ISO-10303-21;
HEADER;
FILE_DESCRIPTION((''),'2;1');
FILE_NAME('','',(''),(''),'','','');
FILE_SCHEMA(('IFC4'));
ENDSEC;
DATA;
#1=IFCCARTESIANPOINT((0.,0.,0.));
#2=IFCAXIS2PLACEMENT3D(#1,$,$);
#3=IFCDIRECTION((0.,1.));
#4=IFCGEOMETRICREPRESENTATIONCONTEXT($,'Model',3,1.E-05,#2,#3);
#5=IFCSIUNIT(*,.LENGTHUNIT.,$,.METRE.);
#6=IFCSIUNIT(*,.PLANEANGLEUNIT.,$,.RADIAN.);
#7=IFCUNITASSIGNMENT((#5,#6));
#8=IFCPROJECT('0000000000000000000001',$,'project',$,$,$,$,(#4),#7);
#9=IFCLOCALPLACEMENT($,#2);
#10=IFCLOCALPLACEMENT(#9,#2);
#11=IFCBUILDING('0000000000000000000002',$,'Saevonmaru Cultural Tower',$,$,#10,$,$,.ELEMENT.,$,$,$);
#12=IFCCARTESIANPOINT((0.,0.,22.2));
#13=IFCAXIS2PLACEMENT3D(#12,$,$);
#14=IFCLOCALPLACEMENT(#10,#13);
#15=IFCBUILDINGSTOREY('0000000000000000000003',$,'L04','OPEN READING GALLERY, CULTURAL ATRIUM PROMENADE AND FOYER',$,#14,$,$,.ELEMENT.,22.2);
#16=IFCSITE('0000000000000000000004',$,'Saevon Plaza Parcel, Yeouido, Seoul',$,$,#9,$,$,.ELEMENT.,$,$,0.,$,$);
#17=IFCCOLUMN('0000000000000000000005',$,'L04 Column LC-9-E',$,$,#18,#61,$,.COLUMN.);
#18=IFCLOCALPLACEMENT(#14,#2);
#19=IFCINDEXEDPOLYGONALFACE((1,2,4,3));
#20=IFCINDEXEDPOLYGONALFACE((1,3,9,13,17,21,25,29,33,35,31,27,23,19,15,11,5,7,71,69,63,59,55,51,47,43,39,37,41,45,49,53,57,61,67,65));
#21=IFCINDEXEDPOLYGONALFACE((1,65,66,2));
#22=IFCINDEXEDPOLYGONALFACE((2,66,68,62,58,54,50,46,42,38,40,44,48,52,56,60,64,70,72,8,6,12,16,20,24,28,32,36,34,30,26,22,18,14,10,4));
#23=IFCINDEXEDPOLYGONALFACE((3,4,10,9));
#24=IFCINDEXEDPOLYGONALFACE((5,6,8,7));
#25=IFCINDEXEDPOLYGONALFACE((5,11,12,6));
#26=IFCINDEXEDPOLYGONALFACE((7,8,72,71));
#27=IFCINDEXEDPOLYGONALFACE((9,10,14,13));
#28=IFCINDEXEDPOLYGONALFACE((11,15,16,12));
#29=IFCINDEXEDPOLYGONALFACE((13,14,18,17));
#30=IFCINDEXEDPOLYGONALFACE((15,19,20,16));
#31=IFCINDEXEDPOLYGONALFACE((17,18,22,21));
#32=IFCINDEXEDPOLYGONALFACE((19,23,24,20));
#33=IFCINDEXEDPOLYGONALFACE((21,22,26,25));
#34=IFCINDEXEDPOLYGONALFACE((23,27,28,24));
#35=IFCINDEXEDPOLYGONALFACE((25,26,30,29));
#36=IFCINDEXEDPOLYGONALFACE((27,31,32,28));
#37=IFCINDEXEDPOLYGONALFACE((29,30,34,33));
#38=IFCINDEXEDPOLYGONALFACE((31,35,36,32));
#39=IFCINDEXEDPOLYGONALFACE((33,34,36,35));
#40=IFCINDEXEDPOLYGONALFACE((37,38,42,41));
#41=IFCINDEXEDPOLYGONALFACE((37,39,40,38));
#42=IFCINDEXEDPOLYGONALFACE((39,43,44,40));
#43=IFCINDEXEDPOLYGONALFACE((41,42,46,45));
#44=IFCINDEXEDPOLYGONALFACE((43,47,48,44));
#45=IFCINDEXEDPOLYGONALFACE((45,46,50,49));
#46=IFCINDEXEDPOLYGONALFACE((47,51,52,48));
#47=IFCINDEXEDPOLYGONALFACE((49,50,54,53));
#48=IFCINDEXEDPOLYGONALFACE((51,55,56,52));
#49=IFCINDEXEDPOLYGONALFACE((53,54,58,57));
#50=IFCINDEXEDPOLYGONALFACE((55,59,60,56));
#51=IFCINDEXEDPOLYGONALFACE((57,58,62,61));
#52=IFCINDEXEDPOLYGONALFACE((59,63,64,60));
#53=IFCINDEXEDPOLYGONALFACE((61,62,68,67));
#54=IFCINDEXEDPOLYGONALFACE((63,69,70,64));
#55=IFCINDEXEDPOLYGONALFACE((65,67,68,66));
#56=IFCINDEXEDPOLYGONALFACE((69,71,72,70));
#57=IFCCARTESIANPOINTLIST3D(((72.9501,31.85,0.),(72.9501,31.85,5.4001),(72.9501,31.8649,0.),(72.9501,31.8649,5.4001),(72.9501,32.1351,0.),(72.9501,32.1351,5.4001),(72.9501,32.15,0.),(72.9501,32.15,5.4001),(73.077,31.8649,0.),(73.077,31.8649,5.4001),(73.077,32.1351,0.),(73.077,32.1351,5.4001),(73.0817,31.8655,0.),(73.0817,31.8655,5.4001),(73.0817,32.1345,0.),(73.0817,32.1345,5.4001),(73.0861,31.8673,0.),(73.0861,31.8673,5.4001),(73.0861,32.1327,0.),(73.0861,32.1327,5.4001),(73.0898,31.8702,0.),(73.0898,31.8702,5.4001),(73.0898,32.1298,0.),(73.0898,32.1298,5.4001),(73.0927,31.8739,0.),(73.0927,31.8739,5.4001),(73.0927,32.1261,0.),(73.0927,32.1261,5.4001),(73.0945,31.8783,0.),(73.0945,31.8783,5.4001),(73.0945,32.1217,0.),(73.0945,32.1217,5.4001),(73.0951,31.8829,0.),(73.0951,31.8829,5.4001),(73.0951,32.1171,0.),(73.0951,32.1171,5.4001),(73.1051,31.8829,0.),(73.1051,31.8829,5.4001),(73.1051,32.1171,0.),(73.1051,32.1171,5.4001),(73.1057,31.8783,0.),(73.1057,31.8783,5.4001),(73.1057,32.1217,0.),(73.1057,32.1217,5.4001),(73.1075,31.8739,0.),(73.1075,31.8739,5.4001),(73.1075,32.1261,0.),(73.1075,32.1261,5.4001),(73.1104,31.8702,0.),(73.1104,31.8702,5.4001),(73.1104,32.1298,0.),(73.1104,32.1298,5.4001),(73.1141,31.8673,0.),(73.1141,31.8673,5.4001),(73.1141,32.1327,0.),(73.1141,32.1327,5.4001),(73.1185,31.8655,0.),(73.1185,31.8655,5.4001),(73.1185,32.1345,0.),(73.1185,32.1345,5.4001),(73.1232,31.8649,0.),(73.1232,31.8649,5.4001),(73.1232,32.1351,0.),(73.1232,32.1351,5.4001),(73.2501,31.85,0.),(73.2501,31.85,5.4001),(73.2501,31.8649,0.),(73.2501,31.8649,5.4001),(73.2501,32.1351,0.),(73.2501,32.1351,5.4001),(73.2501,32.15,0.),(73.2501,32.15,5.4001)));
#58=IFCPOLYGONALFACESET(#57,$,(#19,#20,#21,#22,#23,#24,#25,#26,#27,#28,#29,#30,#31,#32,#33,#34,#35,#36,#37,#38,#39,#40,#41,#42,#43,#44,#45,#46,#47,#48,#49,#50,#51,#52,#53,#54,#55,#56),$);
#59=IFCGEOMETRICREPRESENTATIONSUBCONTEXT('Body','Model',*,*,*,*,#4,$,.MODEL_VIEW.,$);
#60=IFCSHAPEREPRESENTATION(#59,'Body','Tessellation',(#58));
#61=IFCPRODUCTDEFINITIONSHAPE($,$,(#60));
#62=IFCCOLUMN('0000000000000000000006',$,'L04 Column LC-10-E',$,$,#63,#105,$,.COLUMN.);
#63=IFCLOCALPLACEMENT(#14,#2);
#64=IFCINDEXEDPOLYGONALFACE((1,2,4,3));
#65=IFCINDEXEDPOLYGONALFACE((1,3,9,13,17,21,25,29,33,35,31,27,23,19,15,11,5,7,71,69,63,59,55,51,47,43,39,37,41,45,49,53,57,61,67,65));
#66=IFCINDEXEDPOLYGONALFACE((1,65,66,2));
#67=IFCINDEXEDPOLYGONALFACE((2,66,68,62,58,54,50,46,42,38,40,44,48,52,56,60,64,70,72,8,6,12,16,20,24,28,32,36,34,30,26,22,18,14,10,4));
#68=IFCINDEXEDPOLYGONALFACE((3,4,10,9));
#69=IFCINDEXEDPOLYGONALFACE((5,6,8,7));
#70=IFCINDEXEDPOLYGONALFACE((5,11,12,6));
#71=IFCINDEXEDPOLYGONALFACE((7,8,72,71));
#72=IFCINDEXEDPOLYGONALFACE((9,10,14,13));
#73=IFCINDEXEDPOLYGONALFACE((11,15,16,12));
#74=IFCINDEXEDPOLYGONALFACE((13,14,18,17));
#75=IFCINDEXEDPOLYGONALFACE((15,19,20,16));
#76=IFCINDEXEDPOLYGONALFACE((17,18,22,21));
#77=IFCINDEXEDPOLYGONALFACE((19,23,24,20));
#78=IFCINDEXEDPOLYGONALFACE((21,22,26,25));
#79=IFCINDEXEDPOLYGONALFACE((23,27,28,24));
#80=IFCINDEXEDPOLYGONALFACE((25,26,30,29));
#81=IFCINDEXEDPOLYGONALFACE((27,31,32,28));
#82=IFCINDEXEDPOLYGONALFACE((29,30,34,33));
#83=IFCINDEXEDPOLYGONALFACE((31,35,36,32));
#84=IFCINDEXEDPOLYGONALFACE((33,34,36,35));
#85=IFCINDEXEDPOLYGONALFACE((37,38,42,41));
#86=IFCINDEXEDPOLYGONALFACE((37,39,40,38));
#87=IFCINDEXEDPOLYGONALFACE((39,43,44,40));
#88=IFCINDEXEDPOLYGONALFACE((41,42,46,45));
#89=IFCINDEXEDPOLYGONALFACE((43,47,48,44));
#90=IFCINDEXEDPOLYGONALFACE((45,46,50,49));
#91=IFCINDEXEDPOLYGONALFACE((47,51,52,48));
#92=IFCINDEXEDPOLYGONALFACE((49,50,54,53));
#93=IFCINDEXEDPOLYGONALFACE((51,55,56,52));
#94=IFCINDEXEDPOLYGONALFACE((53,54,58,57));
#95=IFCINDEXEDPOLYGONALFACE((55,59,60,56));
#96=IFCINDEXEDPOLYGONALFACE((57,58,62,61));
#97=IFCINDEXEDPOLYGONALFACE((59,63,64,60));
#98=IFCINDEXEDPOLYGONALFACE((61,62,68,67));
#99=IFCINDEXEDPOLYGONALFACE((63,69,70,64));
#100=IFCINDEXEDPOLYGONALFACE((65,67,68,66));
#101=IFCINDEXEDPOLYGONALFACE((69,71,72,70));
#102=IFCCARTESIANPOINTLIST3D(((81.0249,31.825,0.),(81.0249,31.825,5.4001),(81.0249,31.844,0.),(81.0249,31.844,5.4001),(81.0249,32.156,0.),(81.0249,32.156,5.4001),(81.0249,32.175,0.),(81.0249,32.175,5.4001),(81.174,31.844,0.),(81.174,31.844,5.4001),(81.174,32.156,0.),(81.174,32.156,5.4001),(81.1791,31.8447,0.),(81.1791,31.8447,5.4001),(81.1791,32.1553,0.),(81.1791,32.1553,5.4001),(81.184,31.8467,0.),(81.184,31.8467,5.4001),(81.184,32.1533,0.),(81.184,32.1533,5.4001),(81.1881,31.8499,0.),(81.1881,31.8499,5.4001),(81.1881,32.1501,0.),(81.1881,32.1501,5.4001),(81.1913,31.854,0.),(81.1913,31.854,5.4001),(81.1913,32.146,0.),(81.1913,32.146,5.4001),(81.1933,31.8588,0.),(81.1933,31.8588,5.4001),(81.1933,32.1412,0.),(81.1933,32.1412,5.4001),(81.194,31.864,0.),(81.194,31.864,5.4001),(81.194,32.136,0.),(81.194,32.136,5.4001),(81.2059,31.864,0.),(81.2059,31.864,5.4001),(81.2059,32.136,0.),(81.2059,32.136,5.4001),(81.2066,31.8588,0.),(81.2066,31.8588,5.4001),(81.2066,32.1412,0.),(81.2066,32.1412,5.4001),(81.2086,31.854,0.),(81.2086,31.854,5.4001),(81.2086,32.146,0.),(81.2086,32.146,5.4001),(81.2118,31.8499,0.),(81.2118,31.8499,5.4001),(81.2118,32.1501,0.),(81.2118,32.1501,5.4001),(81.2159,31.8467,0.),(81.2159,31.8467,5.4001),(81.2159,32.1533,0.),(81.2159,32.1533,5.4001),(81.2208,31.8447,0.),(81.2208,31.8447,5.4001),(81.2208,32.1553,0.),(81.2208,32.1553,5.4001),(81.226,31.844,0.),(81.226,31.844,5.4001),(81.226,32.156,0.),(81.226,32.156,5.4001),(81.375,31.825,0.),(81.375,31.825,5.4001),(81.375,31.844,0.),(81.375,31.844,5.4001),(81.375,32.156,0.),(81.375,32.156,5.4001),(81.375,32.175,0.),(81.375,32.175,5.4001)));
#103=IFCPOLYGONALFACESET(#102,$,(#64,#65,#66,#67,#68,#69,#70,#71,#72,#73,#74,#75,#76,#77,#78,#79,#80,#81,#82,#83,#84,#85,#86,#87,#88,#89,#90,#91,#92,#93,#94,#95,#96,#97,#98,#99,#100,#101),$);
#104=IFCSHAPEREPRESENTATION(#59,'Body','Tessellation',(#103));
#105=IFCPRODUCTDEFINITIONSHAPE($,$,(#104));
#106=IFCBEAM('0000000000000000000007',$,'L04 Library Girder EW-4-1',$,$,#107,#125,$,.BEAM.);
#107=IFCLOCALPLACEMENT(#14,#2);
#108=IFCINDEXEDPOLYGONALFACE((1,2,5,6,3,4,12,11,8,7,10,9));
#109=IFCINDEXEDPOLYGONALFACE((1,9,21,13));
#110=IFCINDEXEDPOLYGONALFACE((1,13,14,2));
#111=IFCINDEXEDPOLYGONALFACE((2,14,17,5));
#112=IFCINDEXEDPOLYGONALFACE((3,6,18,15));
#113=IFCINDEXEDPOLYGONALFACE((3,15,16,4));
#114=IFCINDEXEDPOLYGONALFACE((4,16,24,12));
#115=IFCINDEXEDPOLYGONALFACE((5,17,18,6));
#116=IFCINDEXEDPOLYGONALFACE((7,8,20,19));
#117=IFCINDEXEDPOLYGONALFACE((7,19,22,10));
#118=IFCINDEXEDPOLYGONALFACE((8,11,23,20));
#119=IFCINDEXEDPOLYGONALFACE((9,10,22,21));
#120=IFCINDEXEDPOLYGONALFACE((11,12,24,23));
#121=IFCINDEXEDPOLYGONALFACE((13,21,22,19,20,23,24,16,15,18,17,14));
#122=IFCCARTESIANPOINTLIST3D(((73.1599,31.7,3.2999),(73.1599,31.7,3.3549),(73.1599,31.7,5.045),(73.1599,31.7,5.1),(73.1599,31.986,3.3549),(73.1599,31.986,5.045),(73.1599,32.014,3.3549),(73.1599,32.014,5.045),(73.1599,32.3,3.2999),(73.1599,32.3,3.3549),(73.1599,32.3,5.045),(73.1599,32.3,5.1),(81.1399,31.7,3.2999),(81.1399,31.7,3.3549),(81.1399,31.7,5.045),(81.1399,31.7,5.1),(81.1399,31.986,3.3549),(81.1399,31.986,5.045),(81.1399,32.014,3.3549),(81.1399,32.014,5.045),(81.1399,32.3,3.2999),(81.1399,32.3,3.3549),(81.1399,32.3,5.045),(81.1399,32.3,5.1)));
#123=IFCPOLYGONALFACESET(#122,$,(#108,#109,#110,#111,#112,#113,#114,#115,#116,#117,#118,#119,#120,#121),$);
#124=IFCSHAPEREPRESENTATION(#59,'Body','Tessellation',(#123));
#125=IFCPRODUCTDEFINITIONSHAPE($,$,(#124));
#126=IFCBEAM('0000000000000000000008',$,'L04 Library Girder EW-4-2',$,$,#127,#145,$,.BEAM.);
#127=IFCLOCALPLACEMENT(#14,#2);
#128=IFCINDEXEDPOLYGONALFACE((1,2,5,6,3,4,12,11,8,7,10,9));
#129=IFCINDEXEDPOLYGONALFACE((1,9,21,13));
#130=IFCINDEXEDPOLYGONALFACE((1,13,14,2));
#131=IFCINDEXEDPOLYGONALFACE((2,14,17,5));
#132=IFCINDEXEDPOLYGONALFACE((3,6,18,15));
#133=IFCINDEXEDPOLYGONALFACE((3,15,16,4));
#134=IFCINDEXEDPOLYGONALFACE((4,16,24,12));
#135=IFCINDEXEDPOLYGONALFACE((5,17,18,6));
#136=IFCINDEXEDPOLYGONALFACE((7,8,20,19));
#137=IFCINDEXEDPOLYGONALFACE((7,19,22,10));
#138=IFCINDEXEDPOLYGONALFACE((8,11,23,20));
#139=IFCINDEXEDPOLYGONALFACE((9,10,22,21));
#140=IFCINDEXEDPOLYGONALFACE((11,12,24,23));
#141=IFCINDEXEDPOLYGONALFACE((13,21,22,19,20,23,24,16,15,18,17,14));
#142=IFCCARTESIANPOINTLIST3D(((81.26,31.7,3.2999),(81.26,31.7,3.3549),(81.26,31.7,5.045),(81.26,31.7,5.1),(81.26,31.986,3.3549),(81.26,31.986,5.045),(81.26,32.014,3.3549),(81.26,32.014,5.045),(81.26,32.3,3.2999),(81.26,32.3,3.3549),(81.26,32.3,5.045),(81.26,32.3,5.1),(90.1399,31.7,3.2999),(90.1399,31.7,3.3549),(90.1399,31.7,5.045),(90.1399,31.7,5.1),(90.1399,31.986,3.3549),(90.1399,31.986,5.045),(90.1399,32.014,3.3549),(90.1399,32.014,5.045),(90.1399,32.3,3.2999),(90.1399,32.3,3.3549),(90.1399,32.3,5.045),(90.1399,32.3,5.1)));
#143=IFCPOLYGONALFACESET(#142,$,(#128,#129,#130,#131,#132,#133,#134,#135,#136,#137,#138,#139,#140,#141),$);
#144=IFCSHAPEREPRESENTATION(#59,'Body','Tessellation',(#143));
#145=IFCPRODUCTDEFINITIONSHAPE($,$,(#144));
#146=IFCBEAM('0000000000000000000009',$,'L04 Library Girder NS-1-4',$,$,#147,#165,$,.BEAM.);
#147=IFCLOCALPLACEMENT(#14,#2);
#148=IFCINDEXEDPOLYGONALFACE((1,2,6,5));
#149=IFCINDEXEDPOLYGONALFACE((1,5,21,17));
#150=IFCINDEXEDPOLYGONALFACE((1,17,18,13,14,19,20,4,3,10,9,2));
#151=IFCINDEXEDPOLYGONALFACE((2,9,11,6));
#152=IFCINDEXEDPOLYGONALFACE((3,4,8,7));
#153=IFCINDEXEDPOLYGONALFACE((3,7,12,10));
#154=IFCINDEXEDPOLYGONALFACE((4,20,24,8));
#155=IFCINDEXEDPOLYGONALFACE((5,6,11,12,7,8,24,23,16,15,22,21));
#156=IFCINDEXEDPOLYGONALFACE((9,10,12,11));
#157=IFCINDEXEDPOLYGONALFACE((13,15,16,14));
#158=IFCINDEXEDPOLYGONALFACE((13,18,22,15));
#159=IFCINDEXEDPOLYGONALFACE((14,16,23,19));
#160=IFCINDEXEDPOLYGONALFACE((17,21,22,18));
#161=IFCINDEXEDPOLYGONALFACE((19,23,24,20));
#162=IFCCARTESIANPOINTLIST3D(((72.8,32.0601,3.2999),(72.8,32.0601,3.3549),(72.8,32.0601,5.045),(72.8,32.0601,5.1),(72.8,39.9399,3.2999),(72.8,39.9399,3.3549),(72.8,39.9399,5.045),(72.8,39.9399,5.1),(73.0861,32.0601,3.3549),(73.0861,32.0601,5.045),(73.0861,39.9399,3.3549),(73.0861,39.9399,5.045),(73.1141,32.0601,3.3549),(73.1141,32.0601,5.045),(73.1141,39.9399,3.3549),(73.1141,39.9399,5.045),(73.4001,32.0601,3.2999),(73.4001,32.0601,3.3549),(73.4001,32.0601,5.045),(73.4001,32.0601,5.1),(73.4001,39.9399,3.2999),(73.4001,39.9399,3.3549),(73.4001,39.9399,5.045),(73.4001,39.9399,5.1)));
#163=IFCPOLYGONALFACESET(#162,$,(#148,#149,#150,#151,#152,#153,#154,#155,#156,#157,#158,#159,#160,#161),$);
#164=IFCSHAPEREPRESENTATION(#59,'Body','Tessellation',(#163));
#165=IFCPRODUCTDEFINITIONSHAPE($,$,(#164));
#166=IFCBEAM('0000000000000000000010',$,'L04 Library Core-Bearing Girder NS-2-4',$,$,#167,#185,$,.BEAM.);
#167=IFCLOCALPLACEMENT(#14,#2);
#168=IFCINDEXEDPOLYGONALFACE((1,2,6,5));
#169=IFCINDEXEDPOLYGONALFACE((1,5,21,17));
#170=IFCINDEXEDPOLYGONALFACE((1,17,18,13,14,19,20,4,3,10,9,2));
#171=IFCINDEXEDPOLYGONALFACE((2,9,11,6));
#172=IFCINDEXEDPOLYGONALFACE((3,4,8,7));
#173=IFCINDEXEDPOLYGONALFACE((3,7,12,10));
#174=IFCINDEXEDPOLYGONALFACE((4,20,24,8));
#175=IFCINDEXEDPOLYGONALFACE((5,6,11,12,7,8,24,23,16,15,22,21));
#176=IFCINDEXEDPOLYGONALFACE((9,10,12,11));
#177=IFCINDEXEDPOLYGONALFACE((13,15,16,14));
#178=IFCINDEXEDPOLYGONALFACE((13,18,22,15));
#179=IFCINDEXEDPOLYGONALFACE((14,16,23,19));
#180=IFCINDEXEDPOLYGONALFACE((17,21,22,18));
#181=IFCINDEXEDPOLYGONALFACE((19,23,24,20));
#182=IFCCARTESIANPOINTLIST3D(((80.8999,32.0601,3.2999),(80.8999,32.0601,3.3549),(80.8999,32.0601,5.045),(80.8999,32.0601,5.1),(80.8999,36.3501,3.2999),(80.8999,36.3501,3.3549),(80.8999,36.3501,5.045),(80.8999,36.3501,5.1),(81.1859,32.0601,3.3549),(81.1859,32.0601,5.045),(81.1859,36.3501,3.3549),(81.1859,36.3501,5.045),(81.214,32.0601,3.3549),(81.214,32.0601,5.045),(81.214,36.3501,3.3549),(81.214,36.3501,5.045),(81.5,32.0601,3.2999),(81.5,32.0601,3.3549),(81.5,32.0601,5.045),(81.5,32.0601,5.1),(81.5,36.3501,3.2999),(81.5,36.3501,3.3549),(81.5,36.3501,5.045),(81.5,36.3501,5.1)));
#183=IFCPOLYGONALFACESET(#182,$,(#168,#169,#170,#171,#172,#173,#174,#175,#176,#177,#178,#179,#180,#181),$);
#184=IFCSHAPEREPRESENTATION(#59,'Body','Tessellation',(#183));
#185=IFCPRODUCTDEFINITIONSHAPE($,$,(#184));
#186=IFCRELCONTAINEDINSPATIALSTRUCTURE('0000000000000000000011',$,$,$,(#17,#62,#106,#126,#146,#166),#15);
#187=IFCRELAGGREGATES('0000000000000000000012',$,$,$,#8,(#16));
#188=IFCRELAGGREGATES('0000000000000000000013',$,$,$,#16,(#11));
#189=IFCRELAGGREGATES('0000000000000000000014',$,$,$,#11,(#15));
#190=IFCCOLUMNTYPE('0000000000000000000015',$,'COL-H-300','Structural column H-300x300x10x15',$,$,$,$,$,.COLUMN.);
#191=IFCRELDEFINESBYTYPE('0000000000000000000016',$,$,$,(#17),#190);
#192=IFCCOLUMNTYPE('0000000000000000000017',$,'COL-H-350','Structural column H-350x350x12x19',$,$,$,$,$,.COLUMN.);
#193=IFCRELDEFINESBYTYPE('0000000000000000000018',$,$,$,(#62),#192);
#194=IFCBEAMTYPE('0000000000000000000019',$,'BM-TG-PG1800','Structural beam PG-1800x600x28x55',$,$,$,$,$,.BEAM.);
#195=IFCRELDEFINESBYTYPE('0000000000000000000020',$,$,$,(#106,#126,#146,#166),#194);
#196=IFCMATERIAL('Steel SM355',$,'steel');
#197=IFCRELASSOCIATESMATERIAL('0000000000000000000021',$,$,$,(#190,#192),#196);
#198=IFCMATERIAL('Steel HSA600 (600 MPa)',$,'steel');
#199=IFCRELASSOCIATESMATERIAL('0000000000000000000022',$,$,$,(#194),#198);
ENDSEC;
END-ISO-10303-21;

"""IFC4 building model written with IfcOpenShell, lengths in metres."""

from ifc_helpers import new_model, si_unit, direction, frame, origin, origin_2d, place, context, subcontext, project, spatial, i_section, extrude, material, material_profile, profile_set, type_object, element, save


model = new_model("IFC4")

# Units and contexts
model_context = context("Model", 3, precision=1e-05, world=origin(), true_north=direction((0.0, 1.0)))
body_context = subcontext(model_context, "Body", "Model", "MODEL_VIEW")
ifc_project = project(units=[si_unit("LENGTHUNIT", "METRE"), si_unit("PLANEANGLEUNIT", "RADIAN")], contexts=[model_context])

# Site, building, storey
site_placement = place(None, origin())
site = spatial("IfcSite", under=ifc_project, at=site_placement, Name="Saevon Plaza Parcel, Yeouido, Seoul", CompositionType="ELEMENT", RefElevation=0.0)
building_placement = place(site_placement, origin())
building = spatial("IfcBuilding", under=site, at=building_placement, Name="Saevonmaru Cultural Tower", CompositionType="ELEMENT")
storey_placement = place(building_placement, frame((0.0, 0.0, 22.2)))
storey = spatial("IfcBuildingStorey", under=building, at=storey_placement, Name="L04", Description="OPEN READING GALLERY, CULTURAL ATRIUM PROMENADE AND FOYER", CompositionType="ELEMENT", Elevation=22.2)

# Columns
ifc_material_1 = material(Name="Steel SM355", Category="steel")
ifc_material_profile_1 = material_profile(ifc_material_1, i_section(OverallWidth=0.3, OverallDepth=0.3, WebThickness=0.01, FlangeThickness=0.0149, FilletRadius=0.0181, at=origin_2d()), Name="H-300x300x10x15")
ifc_profile_set_1 = profile_set([ifc_material_profile_1], Name="Steel SM355")
column_type_1 = type_object("IfcColumnType", Name="COL-H-300", Description="Structural column H-300x300x10x15", PredefinedType="COLUMN", material=ifc_profile_set_1)
column_1_placement = place(storey_placement, frame((73.1001, 32.0, 0.0), z_axis=(0.0, 0.0, 1.0), x_axis=(1.0, 0.0, 0.0)))
element("IfcColumn", 1, at=column_1_placement, inside=storey, type_object=column_type_1, Name="L04 Column LC-9-E", PredefinedType="COLUMN", context=body_context, shape_type="SweptSolid", body=[
    extrude(i_section(OverallWidth=0.3, OverallDepth=0.3, WebThickness=0.01, FlangeThickness=0.0149, FilletRadius=0.0181, at=origin_2d()), origin(), (0.0, 0.0, 1.0), 5.4001),
])
ifc_material_profile_2 = material_profile(ifc_material_1, i_section(OverallWidth=0.3501, OverallDepth=0.3501, WebThickness=0.012, FlangeThickness=0.019, FilletRadius=0.02, at=origin_2d()), Name="H-350x350x12x19")
ifc_profile_set_2 = profile_set([ifc_material_profile_2], Name="Steel SM355")
column_type_2 = type_object("IfcColumnType", Name="COL-H-350", Description="Structural column H-350x350x12x19", PredefinedType="COLUMN", material=ifc_profile_set_2)
column_2_placement = place(storey_placement, frame((81.2, 32.0, 0.0), z_axis=(0.0, 0.0, 1.0), x_axis=(1.0, 0.0, 0.0)))
element("IfcColumn", 2, at=column_2_placement, inside=storey, type_object=column_type_2, Name="L04 Column LC-10-E", PredefinedType="COLUMN", context=body_context, shape_type="SweptSolid", body=[
    extrude(i_section(OverallWidth=0.3501, OverallDepth=0.3501, WebThickness=0.012, FlangeThickness=0.019, FilletRadius=0.02, at=origin_2d()), origin(), (0.0, 0.0, 1.0), 5.4001),
])

# Beams
ifc_material_2 = material(Name="Steel HSA600 (600 MPa)", Category="steel")
ifc_material_profile_3 = material_profile(ifc_material_2, i_section(OverallWidth=0.6001, OverallDepth=1.8, WebThickness=0.0281, FlangeThickness=0.0549, at=origin_2d()), Name="PG-1800x600x28x55")
ifc_profile_set_3 = profile_set([ifc_material_profile_3], Name="Steel HSA600 (600 MPa)")
beam_type = type_object("IfcBeamType", Name="BM-TG-PG1800", Description="Structural beam PG-1800x600x28x55", PredefinedType="BEAM", material=ifc_profile_set_3)
beam_1_placement = place(storey_placement, frame((73.1599, 32.0, 4.2), z_axis=(1.0, 0.0, 0.0), x_axis=(0.0, 1.0, 0.0)))
element("IfcBeam", 3, at=beam_1_placement, inside=storey, type_object=beam_type, Name="L04 Library Girder EW-4-1", PredefinedType="BEAM", context=body_context, shape_type="SweptSolid", body=[
    extrude(i_section(OverallWidth=0.6001, OverallDepth=1.8, WebThickness=0.0281, FlangeThickness=0.0549, at=origin_2d()), origin(), (0.0, 0.0, 1.0), 7.98),
])
beam_2_placement = place(storey_placement, frame((81.26, 32.0, 4.2), z_axis=(1.0, 0.0, 0.0), x_axis=(0.0, 1.0, 0.0)))
element("IfcBeam", 4, at=beam_2_placement, inside=storey, type_object=beam_type, Name="L04 Library Girder EW-4-2", PredefinedType="BEAM", context=body_context, shape_type="SweptSolid", body=[
    extrude(i_section(OverallWidth=0.6001, OverallDepth=1.8, WebThickness=0.0281, FlangeThickness=0.0549, at=origin_2d()), origin(), (0.0, 0.0, 1.0), 8.8799),
])
beam_3_placement = place(storey_placement, frame((73.1001, 32.0601, 4.2), z_axis=(0.0, 1.0, 0.0), x_axis=(-1.0, 0.0, 0.0)))
element("IfcBeam", 5, at=beam_3_placement, inside=storey, type_object=beam_type, Name="L04 Library Girder NS-1-4", PredefinedType="BEAM", context=body_context, shape_type="SweptSolid", body=[
    extrude(i_section(OverallWidth=0.6001, OverallDepth=1.8, WebThickness=0.0281, FlangeThickness=0.0549, at=origin_2d()), origin(), (0.0, 0.0, 1.0), 7.8799),
])
beam_4_placement = place(storey_placement, frame((81.2, 32.0601, 4.2), z_axis=(0.0, 1.0, 0.0), x_axis=(-1.0, 0.0, 0.0)))
element("IfcBeam", 6, at=beam_4_placement, inside=storey, type_object=beam_type, Name="L04 Library Core-Bearing Girder NS-2-4", PredefinedType="BEAM", context=body_context, shape_type="SweptSolid", body=[
    extrude(i_section(OverallWidth=0.6001, OverallDepth=1.8, WebThickness=0.0281, FlangeThickness=0.0549, at=origin_2d()), origin(), (0.0, 0.0, 1.0), 4.29),
])

save(model, "model.ifc")
